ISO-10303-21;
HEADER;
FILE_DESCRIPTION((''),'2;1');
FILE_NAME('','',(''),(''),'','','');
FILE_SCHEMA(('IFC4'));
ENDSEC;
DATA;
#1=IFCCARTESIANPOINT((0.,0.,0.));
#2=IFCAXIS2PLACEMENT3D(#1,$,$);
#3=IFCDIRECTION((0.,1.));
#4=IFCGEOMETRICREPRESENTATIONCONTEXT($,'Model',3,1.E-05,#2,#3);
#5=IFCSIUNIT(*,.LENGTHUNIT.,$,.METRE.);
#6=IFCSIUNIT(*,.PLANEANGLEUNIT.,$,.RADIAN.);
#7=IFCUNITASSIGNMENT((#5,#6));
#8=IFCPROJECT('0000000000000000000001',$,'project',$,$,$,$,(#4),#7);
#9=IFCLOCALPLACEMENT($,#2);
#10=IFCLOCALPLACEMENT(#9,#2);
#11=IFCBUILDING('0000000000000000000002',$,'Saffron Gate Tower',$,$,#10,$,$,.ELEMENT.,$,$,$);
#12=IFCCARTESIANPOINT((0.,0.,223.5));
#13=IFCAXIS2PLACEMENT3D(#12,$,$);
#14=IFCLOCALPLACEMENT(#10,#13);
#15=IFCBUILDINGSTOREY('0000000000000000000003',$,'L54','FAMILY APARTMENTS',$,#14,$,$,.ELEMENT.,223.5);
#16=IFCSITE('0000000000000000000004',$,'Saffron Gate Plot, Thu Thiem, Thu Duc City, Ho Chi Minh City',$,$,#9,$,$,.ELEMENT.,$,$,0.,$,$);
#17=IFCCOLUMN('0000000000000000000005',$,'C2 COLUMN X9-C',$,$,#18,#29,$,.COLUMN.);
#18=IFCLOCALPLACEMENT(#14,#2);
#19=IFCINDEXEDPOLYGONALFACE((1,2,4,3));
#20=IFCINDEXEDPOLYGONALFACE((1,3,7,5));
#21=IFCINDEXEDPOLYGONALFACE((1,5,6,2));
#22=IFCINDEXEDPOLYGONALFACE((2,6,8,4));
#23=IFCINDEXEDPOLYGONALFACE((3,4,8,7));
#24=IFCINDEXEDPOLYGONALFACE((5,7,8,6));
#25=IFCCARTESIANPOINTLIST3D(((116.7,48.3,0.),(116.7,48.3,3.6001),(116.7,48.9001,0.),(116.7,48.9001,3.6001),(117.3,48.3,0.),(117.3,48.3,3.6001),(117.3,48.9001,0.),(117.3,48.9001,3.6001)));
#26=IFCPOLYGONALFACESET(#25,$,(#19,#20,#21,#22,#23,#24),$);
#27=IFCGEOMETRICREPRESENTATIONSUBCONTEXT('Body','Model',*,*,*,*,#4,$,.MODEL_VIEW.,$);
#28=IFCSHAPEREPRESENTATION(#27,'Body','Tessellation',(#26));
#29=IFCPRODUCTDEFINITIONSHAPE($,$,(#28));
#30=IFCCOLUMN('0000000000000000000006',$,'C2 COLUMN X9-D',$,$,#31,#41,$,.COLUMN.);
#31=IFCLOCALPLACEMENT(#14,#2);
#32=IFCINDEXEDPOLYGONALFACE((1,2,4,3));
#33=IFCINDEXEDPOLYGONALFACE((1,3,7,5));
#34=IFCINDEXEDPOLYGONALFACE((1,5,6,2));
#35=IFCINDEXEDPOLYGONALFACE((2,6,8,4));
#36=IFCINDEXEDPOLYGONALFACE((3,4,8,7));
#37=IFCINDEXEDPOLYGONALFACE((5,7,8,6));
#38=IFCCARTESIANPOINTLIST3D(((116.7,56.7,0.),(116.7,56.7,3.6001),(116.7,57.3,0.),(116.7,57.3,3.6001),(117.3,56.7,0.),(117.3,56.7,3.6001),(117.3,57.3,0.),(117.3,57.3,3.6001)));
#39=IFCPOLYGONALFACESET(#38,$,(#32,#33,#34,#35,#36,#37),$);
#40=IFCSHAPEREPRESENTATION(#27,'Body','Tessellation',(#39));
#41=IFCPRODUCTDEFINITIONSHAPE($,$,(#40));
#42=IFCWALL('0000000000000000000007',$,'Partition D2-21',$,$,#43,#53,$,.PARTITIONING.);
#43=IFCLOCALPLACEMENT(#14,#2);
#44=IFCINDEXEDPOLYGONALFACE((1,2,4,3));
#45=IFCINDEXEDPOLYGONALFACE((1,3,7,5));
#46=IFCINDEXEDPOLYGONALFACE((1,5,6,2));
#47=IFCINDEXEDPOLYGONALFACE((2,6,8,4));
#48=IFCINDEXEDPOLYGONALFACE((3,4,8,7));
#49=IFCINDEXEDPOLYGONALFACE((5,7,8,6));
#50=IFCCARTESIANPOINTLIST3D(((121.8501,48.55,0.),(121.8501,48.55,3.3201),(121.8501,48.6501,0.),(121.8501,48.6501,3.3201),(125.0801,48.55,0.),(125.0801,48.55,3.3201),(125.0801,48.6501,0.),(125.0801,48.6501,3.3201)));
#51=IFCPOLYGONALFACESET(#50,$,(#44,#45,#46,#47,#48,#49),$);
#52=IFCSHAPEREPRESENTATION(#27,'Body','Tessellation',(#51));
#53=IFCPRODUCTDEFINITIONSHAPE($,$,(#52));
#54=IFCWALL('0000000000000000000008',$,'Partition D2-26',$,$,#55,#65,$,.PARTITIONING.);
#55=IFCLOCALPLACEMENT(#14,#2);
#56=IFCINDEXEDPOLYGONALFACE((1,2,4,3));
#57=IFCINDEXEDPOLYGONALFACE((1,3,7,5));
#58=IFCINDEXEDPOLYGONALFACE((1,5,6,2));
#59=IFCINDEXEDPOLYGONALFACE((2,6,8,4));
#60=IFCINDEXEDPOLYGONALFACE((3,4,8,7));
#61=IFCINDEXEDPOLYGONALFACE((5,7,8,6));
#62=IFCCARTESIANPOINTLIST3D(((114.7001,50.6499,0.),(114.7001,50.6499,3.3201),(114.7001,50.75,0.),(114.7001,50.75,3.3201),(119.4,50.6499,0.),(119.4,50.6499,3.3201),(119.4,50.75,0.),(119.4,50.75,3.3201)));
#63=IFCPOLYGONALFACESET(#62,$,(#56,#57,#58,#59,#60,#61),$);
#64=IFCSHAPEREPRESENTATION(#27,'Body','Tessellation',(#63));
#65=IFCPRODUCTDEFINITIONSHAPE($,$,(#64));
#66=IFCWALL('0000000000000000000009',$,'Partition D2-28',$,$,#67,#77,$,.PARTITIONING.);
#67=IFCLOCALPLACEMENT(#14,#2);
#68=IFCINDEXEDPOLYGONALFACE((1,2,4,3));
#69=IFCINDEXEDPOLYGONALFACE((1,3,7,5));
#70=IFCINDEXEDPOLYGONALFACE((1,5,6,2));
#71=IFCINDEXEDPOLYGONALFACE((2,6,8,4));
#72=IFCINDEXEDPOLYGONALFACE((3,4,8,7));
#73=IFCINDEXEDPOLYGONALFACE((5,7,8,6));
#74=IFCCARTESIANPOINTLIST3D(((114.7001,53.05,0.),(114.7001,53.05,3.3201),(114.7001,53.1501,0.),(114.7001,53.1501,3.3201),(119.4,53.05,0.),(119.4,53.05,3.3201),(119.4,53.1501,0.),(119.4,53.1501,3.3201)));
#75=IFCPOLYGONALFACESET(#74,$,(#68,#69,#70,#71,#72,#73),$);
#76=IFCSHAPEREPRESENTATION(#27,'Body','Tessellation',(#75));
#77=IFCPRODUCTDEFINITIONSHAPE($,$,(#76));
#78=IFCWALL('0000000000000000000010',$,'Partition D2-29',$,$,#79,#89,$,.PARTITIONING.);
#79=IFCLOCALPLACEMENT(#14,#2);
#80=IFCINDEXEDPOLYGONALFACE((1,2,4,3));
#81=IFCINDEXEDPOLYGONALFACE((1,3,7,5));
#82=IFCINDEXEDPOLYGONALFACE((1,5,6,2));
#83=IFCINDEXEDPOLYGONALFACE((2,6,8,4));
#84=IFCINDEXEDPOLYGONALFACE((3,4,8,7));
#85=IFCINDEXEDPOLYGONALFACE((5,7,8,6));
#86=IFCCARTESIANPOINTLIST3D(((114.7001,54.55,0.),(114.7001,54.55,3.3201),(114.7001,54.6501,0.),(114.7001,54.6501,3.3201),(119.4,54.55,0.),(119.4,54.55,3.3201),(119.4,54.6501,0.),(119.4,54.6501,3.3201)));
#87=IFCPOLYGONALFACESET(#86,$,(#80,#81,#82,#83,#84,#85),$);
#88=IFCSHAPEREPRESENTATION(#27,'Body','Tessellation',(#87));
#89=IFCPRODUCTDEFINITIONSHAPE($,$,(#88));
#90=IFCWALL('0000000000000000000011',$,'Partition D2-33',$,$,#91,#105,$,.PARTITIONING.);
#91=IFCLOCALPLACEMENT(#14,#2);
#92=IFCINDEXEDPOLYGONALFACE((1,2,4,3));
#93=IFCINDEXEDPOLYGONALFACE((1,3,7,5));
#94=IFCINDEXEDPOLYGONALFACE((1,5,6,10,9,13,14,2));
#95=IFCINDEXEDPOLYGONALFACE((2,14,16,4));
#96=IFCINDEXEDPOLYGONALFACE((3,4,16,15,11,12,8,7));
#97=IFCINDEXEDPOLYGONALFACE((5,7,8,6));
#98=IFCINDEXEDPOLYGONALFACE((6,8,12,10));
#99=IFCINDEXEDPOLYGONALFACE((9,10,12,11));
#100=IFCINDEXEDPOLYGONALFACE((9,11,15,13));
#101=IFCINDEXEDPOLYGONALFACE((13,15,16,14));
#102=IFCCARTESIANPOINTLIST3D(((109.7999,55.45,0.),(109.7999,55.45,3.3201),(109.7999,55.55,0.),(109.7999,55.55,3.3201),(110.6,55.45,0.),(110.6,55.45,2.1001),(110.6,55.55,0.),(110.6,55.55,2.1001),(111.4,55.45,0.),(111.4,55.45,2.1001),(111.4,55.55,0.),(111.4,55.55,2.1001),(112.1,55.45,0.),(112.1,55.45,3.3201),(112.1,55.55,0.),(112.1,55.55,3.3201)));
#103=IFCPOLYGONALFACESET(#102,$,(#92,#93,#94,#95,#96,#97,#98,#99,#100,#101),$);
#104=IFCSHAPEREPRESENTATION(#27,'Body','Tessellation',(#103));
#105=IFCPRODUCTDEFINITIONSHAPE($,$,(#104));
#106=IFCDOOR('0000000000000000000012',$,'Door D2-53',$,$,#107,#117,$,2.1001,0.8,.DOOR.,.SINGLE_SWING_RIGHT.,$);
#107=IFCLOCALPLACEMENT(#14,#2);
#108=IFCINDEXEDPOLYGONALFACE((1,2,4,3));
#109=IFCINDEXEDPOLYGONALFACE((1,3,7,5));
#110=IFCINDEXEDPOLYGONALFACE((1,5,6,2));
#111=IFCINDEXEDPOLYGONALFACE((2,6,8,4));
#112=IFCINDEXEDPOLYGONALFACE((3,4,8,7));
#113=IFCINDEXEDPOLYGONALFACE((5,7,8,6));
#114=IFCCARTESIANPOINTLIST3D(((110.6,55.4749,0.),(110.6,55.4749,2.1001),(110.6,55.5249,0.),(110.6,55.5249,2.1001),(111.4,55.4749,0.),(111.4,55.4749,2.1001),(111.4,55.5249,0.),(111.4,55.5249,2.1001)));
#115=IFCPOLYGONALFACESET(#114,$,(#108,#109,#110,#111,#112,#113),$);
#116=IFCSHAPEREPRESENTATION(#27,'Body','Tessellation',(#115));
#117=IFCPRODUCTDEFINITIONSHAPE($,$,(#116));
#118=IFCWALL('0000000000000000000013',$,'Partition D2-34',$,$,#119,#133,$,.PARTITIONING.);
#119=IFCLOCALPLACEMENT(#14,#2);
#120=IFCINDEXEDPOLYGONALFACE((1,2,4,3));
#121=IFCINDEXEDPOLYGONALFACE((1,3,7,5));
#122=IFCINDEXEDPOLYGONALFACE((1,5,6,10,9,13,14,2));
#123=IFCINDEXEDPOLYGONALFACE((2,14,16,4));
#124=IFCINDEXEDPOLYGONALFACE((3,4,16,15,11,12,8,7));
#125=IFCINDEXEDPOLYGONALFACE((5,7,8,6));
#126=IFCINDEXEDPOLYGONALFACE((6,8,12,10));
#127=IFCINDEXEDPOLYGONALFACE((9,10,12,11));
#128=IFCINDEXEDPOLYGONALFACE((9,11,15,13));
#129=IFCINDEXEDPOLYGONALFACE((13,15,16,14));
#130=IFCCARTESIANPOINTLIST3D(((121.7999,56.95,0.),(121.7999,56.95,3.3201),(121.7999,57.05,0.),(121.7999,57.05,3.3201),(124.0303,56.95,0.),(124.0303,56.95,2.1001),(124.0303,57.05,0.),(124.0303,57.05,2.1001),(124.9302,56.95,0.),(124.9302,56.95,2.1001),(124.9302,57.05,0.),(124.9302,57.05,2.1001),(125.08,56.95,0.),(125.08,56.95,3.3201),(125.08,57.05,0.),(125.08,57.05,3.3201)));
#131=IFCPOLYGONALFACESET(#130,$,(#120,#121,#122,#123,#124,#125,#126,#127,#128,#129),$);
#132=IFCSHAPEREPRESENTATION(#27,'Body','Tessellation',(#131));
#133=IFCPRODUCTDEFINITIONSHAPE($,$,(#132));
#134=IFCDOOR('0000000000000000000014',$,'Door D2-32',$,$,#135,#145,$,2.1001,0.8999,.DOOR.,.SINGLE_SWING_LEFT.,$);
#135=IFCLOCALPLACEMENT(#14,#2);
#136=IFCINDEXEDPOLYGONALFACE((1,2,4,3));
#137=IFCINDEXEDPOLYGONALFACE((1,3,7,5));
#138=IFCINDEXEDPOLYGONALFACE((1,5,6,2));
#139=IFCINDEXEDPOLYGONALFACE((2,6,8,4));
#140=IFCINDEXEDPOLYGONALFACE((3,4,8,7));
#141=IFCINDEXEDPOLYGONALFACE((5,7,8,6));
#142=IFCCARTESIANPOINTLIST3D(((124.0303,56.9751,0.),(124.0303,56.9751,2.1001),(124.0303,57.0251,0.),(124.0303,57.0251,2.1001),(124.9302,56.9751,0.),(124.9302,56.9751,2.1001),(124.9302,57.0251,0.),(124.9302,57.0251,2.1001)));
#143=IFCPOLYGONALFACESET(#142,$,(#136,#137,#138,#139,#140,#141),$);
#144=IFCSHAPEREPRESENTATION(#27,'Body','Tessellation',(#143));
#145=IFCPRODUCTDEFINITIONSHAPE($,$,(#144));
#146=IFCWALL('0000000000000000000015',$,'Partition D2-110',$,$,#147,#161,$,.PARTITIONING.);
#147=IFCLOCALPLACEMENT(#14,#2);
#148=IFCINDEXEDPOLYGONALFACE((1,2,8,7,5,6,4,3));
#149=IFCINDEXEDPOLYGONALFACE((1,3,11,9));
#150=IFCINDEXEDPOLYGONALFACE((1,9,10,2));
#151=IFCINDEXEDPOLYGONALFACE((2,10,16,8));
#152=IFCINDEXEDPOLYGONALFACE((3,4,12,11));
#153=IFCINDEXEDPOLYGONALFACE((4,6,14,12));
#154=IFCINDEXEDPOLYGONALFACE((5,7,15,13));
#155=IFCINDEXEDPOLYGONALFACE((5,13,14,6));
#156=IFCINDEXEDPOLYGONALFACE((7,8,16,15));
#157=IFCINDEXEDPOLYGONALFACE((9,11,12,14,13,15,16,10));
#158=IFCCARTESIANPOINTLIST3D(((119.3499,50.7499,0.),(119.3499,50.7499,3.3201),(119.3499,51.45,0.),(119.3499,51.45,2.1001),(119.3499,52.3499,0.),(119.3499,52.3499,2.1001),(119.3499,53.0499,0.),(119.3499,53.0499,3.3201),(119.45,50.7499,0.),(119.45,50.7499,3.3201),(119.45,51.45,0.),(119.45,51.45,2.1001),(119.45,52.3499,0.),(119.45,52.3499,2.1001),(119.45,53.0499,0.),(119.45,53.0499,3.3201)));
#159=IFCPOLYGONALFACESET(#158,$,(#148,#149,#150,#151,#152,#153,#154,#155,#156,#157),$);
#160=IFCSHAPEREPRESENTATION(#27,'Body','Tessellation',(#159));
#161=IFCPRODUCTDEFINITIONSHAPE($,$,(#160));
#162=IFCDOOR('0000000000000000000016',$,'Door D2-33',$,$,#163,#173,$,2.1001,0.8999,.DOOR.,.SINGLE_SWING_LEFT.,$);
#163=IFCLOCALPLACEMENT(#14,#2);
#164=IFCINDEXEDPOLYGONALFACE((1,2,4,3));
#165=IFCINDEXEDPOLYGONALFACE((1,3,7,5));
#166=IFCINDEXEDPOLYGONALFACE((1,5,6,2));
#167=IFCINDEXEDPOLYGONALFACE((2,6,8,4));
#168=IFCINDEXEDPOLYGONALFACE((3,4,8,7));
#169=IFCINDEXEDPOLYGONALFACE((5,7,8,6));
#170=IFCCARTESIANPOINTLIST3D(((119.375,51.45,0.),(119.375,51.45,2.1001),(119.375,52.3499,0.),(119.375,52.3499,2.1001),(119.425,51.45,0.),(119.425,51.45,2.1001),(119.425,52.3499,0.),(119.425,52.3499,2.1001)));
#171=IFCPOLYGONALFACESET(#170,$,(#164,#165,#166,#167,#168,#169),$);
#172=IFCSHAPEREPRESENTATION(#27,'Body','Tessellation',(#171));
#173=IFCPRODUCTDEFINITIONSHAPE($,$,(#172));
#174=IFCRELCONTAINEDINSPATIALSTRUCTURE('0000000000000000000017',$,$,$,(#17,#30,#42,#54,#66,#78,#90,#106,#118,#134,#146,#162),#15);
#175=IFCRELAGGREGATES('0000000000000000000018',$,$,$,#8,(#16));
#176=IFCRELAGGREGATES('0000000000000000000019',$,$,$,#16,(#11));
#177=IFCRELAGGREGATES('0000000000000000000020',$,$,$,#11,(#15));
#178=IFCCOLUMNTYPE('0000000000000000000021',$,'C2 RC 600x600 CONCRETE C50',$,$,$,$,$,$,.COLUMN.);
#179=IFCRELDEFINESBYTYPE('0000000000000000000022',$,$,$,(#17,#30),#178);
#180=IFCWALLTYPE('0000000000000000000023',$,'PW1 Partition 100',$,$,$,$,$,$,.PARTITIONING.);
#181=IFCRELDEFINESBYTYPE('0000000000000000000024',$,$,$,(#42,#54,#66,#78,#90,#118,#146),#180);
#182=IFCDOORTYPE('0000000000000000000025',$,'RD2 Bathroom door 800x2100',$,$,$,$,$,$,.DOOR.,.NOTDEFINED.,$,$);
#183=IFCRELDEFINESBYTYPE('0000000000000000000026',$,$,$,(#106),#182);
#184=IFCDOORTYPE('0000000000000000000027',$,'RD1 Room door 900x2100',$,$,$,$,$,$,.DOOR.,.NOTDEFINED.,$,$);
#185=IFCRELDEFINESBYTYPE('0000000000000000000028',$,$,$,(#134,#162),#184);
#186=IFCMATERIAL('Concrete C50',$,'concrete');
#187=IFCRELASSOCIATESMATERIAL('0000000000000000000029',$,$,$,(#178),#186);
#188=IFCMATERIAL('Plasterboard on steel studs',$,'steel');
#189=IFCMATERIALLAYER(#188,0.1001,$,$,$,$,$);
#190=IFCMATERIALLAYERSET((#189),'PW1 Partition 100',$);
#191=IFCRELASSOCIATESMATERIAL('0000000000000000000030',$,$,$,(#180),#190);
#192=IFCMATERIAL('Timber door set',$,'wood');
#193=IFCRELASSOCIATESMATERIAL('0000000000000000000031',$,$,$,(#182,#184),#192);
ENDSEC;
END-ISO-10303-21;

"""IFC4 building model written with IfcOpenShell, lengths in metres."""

from ifc_helpers import new_model, si_unit, direction, frame, frame_2d, origin, origin_2d, place, context, subcontext, project, spatial, rectangle, extrude, material, layer, layer_set, material_profile, profile_set, type_object, element, fill, save


model = new_model("IFC4")

# Units and contexts
model_context = context("Model", 3, precision=1e-05, world=origin(), true_north=direction((0.0, 1.0)))
body_context = subcontext(model_context, "Body", "Model", "MODEL_VIEW")
ifc_project = project(units=[si_unit("LENGTHUNIT", "METRE"), si_unit("PLANEANGLEUNIT", "RADIAN")], contexts=[model_context])

# Site, building, storey
site_placement = place(None, origin())
site = spatial("IfcSite", under=ifc_project, at=site_placement, Name="Saffron Gate Plot, Thu Thiem, Thu Duc City, Ho Chi Minh City", CompositionType="ELEMENT", RefElevation=0.0)
building_placement = place(site_placement, origin())
building = spatial("IfcBuilding", under=site, at=building_placement, Name="Saffron Gate Tower", CompositionType="ELEMENT")
storey_placement = place(building_placement, frame((0.0, 0.0, 223.5)))
storey = spatial("IfcBuildingStorey", under=building, at=storey_placement, Name="L54", Description="FAMILY APARTMENTS", CompositionType="ELEMENT", Elevation=223.5)

# Columns
ifc_material_1 = material(Name="Concrete C50", Category="concrete")
ifc_material_profile = material_profile(ifc_material_1, rectangle(XDim=0.6001, YDim=0.6001, at=origin_2d()))
ifc_profile_set = profile_set([ifc_material_profile], Name="Concrete C50")
column_type = type_object("IfcColumnType", Name="C2 RC 600x600 CONCRETE C50", PredefinedType="COLUMN", material=ifc_profile_set)
for number, where, z_axis, x_axis, name in (
    (1, (117.0, 48.6001, 0.0), (0.0, 0.0, 1.0), (1.0, 0.0, 0.0), "C2 COLUMN X9-C"),
    (2, (117.0, 57.0, 0.0), (0.0, 0.0, 1.0), (1.0, 0.0, 0.0), "C2 COLUMN X9-D"),
):
    element("IfcColumn", number, at=place(storey_placement, frame(where, z_axis=z_axis, x_axis=x_axis)), inside=storey, type_object=column_type, Name=name, PredefinedType="COLUMN", context=body_context, shape_type="SweptSolid", body=[
        extrude(rectangle(XDim=0.6001, YDim=0.6001, at=origin_2d()), origin(), (0.0, 0.0, 1.0), 3.6001),
    ])

# Walls
ifc_material_2 = material(Name="Plasterboard on steel studs", Category="steel")
ifc_layer_1 = layer(ifc_material_2, 0.1001)
ifc_layer_set_1 = layer_set([ifc_layer_1], Name="PW1 Partition 100")
wall_type_1 = type_object("IfcWallType", Name="PW1 Partition 100", PredefinedType="PARTITIONING", material=ifc_layer_set_1)
wall_1_placement = place(storey_placement, frame((121.8501, 48.6001, 0.0), z_axis=(0.0, 0.0, 1.0), x_axis=(1.0, 0.0, 0.0)))
element("IfcWall", 3, at=wall_1_placement, inside=storey, type_object=wall_type_1, Name="Partition D2-21", PredefinedType="PARTITIONING", context=body_context, shape_type="SweptSolid", body=[
    extrude(rectangle(XDim=3.23, YDim=0.1001, at=frame_2d((1.615, 0.0))), origin(), (0.0, 0.0, 1.0), 3.3201),
])
for number, where, z_axis, x_axis, name in (
    (4, (114.7, 50.7, 0.0), (0.0, 0.0, 1.0), (1.0, 0.0, 0.0), "Partition D2-26"),
    (5, (114.7, 53.1001, 0.0), (0.0, 0.0, 1.0), (1.0, 0.0, 0.0), "Partition D2-28"),
    (6, (114.7, 54.6001, 0.0), (0.0, 0.0, 1.0), (1.0, 0.0, 0.0), "Partition D2-29"),
):
    element("IfcWall", number, at=place(storey_placement, frame(where, z_axis=z_axis, x_axis=x_axis)), inside=storey, type_object=wall_type_1, Name=name, PredefinedType="PARTITIONING", context=body_context, shape_type="SweptSolid", body=[
        extrude(rectangle(XDim=4.7, YDim=0.1001, at=frame_2d((2.3501, 0.0))), origin(), (0.0, 0.0, 1.0), 3.3201),
    ])

# Walls, openings, doors
wall_2_placement = place(storey_placement, frame((109.8, 55.5, 0.0), z_axis=(0.0, 0.0, 1.0), x_axis=(1.0, 0.0, 0.0)))
wall_2 = element("IfcWall", 7, at=wall_2_placement, inside=storey, type_object=wall_type_1, Name="Partition D2-33", PredefinedType="PARTITIONING", context=body_context, shape_type="SweptSolid", body=[
    extrude(rectangle(XDim=2.3, YDim=0.1001, at=frame_2d((1.1499, 0.0))), origin(), (0.0, 0.0, 1.0), 3.3201),
])
opening_1_placement = place(wall_2_placement, frame((0.8, 0.0, 0.0)))
opening_1 = element("IfcOpeningElement", 8, at=opening_1_placement, cuts=wall_2, PredefinedType="OPENING", context=body_context, shape_type="SweptSolid", body=[
    extrude(rectangle(XDim=0.8, YDim=2.1001, at=frame_2d((0.3999, 1.05))), frame((0.0, 0.0601, 0.0), z_axis=(0.0, -1.0, 0.0), x_axis=(1.0, 0.0, 0.0)), (0.0, 0.0, 1.0), 0.1201),
])
ifc_material_3 = material(Name="Timber door set", Category="wood")
door_type_1 = type_object("IfcDoorType", Name="RD2 Bathroom door 800x2100", OperationType="NOTDEFINED", PredefinedType="DOOR", material=ifc_material_3)
door_1_placement = place(opening_1_placement, origin())
door_1 = element("IfcDoor", 9, at=door_1_placement, inside=storey, type_object=door_type_1, Name="Door D2-53", OperationType="SINGLE_SWING_RIGHT", OverallHeight=2.1001, OverallWidth=0.8, PredefinedType="DOOR", context=body_context, shape_type="SweptSolid", body=[
    extrude(rectangle(XDim=0.8, YDim=2.1001, at=frame_2d((0.3999, 1.05))), frame((0.0, 0.0249, 0.0), z_axis=(0.0, -1.0, 0.0), x_axis=(1.0, 0.0, 0.0)), (0.0, 0.0, 1.0), 0.05),
])
fill(opening_1, door_1)
wall_3_placement = place(storey_placement, frame((125.0801, 57.0, 0.0), z_axis=(0.0, 0.0, 1.0), x_axis=(-1.0, 0.0, 0.0)))
wall_3 = element("IfcWall", 10, at=wall_3_placement, inside=storey, type_object=wall_type_1, Name="Partition D2-34", PredefinedType="PARTITIONING", context=body_context, shape_type="SweptSolid", body=[
    extrude(rectangle(XDim=3.28, YDim=0.1001, at=frame_2d((1.6401, 0.0))), origin(), (0.0, 0.0, 1.0), 3.3201),
])
opening_2_placement = place(wall_3_placement, frame((0.1499, 0.0, 0.0)))
opening_2 = element("IfcOpeningElement", 11, at=opening_2_placement, cuts=wall_3, PredefinedType="OPENING", context=body_context, shape_type="SweptSolid", body=[
    extrude(rectangle(XDim=0.8999, YDim=2.1001, at=frame_2d((0.45, 1.05))), frame((0.0, 0.0601, 0.0), z_axis=(0.0, -1.0, 0.0), x_axis=(1.0, 0.0, 0.0)), (0.0, 0.0, 1.0), 0.1201),
])
door_type_2 = type_object("IfcDoorType", Name="RD1 Room door 900x2100", OperationType="NOTDEFINED", PredefinedType="DOOR", material=ifc_material_3)
door_2_placement = place(opening_2_placement, origin())
door_2 = element("IfcDoor", 12, at=door_2_placement, inside=storey, type_object=door_type_2, Name="Door D2-32", OperationType="SINGLE_SWING_LEFT", OverallHeight=2.1001, OverallWidth=0.8999, PredefinedType="DOOR", context=body_context, shape_type="SweptSolid", body=[
    extrude(rectangle(XDim=0.8999, YDim=2.1001, at=frame_2d((0.45, 1.05))), frame((0.0, 0.0249, 0.0), z_axis=(0.0, -1.0, 0.0), x_axis=(1.0, 0.0, 0.0)), (0.0, 0.0, 1.0), 0.05),
])
fill(opening_2, door_2)
wall_4_placement = place(storey_placement, frame((119.3999, 50.75, 0.0), z_axis=(0.0, 0.0, 1.0), x_axis=(0.0, 1.0, 0.0)))
wall_4 = element("IfcWall", 13, at=wall_4_placement, inside=storey, type_object=wall_type_1, Name="Partition D2-110", PredefinedType="PARTITIONING", context=body_context, shape_type="SweptSolid", body=[
    extrude(rectangle(XDim=2.3, YDim=0.1001, at=frame_2d((1.1499, 0.0))), origin(), (0.0, 0.0, 1.0), 3.3201),
])
opening_3_placement = place(wall_4_placement, frame((0.7, 0.0, 0.0)))
opening_3 = element("IfcOpeningElement", 14, at=opening_3_placement, cuts=wall_4, PredefinedType="OPENING", context=body_context, shape_type="SweptSolid", body=[
    extrude(rectangle(XDim=0.8999, YDim=2.1001, at=frame_2d((0.45, 1.05))), frame((0.0, 0.0601, 0.0), z_axis=(0.0, -1.0, 0.0), x_axis=(1.0, 0.0, 0.0)), (0.0, 0.0, 1.0), 0.1201),
])
door_3_placement = place(opening_3_placement, origin())
door_3 = element("IfcDoor", 15, at=door_3_placement, inside=storey, type_object=door_type_2, Name="Door D2-33", OperationType="SINGLE_SWING_LEFT", OverallHeight=2.1001, OverallWidth=0.8999, PredefinedType="DOOR", context=body_context, shape_type="SweptSolid", body=[
    extrude(rectangle(XDim=0.8999, YDim=2.1001, at=frame_2d((0.45, 1.05))), frame((0.0, 0.0249, 0.0), z_axis=(0.0, -1.0, 0.0), x_axis=(1.0, 0.0, 0.0)), (0.0, 0.0, 1.0), 0.05),
])
fill(opening_3, door_3)

save(model, "model.ifc")
